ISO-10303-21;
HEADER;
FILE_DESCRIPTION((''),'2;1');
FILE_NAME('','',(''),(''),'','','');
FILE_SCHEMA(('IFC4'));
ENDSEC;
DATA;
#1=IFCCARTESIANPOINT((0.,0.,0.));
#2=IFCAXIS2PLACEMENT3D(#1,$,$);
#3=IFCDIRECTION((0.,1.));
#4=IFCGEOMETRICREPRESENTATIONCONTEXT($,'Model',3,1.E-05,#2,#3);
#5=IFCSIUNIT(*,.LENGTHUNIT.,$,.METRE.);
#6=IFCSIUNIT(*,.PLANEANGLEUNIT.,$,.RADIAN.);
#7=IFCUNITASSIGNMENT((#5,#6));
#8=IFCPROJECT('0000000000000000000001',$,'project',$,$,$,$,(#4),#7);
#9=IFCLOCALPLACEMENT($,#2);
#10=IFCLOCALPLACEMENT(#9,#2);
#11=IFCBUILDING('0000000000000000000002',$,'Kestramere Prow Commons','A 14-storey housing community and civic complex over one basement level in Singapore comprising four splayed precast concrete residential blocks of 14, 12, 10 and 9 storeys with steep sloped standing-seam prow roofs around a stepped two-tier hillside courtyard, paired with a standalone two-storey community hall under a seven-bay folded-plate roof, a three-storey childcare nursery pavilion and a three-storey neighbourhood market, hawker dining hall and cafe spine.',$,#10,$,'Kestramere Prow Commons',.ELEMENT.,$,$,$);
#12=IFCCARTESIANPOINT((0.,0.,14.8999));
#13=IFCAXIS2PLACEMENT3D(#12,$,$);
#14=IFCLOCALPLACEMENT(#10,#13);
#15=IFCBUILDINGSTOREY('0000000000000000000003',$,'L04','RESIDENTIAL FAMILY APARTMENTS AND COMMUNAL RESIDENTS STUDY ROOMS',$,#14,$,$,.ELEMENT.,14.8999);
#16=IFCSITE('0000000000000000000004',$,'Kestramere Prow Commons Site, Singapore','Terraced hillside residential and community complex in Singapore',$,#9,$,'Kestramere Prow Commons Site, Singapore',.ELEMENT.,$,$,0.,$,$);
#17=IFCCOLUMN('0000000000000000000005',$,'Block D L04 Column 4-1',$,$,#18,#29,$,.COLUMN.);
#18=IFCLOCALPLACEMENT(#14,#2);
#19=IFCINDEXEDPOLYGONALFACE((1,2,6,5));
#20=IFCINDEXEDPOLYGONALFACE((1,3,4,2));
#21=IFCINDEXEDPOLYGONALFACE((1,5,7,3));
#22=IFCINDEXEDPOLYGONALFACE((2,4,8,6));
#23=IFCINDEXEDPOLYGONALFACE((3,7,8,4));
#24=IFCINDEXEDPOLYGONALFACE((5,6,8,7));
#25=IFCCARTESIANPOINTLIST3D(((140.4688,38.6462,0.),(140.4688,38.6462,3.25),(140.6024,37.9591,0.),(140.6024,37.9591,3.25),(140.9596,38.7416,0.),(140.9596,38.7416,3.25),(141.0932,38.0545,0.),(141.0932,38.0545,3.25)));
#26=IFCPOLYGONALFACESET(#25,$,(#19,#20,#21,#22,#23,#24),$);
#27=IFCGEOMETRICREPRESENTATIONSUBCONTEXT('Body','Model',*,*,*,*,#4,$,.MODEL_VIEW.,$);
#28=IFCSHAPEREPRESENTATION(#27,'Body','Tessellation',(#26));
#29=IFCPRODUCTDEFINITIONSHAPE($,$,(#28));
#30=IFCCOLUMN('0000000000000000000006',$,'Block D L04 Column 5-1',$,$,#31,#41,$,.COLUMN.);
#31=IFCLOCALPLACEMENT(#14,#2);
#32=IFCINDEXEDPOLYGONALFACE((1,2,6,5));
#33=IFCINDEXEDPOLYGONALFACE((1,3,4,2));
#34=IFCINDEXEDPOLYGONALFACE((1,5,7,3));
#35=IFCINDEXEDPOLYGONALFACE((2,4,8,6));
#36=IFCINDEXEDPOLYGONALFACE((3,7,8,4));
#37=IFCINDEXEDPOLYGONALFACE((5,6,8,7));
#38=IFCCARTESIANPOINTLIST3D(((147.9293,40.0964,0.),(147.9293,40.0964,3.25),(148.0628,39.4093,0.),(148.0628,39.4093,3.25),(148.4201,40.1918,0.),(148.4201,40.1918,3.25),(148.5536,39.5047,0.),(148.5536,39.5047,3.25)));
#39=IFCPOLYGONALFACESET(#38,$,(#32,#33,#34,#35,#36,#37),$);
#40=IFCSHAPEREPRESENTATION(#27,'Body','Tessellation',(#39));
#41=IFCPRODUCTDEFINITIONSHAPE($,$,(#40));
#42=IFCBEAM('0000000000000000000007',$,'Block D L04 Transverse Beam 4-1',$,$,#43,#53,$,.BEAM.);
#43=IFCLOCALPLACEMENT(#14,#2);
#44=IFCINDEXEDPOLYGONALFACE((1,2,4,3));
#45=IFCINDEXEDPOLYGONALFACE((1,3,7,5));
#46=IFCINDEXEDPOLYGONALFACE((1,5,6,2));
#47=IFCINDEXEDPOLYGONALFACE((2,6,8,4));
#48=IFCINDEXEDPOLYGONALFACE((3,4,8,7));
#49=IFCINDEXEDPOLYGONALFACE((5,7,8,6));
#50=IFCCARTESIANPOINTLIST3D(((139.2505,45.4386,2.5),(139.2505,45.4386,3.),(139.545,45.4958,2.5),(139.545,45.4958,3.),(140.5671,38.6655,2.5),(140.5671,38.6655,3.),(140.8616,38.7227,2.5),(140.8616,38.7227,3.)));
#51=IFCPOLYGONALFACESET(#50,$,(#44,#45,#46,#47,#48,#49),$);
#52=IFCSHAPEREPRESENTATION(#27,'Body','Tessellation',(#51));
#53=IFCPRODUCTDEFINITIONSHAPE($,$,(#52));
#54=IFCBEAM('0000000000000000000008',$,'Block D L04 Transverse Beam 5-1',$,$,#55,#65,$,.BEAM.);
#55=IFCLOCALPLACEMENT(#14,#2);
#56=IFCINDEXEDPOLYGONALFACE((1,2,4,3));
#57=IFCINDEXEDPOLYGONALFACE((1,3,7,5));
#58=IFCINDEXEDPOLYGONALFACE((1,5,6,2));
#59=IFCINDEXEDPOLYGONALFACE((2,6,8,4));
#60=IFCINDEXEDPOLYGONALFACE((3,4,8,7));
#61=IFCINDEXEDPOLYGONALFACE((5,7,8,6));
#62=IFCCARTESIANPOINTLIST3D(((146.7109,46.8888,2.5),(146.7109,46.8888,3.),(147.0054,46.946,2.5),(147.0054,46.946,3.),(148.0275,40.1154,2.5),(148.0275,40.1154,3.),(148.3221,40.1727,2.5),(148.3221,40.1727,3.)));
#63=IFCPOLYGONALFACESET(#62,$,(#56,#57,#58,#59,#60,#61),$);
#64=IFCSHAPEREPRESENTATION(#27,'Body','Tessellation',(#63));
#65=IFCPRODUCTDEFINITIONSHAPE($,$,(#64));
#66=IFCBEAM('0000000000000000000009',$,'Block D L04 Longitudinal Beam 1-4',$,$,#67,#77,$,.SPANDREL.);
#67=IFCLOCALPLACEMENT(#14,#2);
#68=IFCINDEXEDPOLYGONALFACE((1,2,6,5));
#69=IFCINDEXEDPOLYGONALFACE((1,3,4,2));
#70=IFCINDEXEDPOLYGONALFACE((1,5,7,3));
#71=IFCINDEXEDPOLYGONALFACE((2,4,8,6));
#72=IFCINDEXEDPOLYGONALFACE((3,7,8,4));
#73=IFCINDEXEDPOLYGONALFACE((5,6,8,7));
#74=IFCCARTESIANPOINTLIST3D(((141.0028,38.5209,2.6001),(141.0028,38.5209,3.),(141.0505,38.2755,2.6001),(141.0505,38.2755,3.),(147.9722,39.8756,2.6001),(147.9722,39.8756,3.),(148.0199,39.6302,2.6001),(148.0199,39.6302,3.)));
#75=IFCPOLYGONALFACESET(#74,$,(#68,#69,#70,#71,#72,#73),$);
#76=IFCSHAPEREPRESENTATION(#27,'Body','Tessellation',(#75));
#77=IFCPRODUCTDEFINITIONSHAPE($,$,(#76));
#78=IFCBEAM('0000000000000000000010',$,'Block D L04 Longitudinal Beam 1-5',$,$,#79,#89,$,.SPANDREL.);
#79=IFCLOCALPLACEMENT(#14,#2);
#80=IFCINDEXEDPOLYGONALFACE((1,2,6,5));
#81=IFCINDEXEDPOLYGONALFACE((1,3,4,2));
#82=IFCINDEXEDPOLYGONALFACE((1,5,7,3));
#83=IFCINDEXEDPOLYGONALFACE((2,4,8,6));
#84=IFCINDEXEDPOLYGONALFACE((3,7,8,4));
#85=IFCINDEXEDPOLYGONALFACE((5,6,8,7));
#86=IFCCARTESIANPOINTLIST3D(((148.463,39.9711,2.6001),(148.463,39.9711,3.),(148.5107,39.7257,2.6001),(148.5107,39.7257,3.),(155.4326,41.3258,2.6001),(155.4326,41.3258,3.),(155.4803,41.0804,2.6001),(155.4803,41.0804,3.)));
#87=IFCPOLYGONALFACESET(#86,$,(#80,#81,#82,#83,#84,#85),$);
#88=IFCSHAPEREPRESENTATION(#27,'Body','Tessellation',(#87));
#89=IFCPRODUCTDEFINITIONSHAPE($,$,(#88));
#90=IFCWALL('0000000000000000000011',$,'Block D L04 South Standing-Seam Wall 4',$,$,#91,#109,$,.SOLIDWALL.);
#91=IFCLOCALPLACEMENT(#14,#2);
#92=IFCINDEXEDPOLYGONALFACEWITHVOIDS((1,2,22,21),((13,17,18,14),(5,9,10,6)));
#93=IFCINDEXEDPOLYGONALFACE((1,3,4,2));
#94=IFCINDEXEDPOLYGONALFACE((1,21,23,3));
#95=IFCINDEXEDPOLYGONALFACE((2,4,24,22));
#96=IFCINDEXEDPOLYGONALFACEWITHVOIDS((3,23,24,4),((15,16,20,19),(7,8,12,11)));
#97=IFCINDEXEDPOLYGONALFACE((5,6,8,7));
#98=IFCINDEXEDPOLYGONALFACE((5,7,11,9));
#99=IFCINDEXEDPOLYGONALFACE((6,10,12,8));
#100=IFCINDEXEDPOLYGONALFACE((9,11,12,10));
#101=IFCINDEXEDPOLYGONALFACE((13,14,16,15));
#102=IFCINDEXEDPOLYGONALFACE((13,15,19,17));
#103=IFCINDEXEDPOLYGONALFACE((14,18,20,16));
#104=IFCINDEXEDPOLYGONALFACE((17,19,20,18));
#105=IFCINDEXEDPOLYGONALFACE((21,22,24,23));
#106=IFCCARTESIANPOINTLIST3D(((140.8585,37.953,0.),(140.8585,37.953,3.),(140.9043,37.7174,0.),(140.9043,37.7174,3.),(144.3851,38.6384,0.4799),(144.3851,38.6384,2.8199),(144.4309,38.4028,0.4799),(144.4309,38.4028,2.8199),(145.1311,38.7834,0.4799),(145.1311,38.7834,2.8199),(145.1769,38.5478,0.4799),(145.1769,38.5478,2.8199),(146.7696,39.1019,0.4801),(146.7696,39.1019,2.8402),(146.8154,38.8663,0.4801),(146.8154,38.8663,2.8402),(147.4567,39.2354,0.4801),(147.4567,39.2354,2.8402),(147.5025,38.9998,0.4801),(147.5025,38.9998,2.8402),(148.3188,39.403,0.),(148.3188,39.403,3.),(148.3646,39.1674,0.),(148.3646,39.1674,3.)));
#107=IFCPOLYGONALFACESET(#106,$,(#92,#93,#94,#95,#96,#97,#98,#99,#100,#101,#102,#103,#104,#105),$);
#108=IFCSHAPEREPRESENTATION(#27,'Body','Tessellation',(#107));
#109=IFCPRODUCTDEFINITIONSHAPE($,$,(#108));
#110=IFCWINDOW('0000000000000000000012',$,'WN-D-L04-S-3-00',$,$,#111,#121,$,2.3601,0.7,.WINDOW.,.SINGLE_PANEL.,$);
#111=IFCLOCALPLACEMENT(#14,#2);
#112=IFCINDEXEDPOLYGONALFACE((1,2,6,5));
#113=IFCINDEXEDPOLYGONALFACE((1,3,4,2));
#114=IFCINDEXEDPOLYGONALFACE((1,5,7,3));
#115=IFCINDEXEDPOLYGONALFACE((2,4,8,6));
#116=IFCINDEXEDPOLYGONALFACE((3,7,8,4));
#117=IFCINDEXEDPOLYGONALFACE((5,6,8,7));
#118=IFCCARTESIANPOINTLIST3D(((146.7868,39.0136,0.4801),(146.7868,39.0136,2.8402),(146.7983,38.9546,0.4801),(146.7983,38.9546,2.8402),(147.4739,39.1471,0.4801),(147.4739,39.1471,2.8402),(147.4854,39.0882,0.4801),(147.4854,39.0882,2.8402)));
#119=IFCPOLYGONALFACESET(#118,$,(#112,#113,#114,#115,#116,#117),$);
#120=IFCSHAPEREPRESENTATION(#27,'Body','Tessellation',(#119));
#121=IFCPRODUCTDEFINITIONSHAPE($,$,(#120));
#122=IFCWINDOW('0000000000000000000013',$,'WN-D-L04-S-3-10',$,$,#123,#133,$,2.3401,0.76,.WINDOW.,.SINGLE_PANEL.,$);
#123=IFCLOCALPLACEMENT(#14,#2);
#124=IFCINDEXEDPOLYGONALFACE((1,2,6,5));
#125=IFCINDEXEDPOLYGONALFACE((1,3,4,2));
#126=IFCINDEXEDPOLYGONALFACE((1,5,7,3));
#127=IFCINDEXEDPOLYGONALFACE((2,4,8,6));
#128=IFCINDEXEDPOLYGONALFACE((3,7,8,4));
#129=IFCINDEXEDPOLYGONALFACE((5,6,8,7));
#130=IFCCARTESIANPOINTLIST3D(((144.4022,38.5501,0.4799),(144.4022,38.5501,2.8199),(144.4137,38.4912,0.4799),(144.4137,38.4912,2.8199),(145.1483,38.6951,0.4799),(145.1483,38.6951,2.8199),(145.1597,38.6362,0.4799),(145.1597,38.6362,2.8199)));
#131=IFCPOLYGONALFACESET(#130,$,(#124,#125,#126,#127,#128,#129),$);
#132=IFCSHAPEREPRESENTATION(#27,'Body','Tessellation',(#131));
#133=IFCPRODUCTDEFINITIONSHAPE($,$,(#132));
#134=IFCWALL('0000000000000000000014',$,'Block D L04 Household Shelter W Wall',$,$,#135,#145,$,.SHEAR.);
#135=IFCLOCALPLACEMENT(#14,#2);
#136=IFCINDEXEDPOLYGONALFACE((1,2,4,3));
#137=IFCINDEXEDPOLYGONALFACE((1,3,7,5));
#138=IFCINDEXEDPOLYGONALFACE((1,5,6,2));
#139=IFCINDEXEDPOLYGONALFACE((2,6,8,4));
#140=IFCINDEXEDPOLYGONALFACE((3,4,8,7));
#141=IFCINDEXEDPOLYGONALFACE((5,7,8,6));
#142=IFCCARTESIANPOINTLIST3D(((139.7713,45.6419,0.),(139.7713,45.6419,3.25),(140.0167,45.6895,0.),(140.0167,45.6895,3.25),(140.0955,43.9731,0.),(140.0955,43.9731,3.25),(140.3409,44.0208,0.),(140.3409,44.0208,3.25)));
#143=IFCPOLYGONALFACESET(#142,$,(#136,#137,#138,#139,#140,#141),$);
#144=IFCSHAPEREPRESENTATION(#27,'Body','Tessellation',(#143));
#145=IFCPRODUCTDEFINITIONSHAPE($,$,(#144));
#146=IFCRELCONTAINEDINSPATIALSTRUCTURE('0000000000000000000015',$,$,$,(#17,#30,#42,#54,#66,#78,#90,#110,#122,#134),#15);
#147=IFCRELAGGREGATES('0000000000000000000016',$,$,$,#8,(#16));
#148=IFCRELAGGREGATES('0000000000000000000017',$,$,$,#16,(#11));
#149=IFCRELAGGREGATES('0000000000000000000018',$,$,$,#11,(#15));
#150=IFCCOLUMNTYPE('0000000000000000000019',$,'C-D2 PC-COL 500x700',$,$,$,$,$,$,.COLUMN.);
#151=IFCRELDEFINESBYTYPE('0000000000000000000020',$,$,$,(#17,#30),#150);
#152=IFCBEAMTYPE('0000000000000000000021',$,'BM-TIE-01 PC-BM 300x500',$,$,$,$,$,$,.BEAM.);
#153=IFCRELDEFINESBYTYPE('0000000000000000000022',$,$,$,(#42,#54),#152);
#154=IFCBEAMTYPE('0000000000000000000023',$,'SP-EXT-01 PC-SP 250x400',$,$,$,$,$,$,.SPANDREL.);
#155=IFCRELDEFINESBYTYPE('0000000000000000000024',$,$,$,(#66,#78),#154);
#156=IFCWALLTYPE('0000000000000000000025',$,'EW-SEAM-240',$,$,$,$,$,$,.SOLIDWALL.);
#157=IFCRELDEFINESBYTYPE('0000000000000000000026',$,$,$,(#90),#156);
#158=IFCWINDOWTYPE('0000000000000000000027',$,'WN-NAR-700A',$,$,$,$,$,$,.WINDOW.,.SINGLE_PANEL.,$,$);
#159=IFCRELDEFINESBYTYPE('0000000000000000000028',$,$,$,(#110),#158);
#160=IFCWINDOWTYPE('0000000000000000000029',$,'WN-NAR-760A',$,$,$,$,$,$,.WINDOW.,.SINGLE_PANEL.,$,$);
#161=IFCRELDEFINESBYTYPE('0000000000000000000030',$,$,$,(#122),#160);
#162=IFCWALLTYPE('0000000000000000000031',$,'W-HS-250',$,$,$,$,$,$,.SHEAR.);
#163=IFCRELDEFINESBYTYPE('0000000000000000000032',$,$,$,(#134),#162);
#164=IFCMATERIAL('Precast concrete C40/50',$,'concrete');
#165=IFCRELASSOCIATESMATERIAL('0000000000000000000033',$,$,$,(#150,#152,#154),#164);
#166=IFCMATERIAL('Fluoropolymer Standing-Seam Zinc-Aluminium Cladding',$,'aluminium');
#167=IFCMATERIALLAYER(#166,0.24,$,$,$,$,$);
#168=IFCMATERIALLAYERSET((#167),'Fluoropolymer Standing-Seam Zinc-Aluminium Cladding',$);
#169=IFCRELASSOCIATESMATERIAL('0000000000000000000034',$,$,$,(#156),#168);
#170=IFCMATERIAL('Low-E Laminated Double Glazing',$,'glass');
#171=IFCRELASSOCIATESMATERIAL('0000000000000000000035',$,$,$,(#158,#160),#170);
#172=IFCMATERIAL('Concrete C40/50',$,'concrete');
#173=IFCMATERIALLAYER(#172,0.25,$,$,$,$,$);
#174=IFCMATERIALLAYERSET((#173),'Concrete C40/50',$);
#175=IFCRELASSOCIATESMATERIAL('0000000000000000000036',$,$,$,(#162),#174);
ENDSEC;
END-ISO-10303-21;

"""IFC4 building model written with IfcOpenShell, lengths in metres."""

from ifc_helpers import new_model, si_unit, direction, frame, frame_2d, origin, origin_2d, place, context, subcontext, project, spatial, rectangle, extrude, material, layer, layer_set, material_profile, profile_set, type_object, element, fill, save


model = new_model("IFC4")

# Units and contexts
model_context = context("Model", 3, precision=1e-05, world=origin(), true_north=direction((0.0, 1.0)))
body_context = subcontext(model_context, "Body", "Model", "MODEL_VIEW")
ifc_project = project(units=[si_unit("LENGTHUNIT", "METRE"), si_unit("PLANEANGLEUNIT", "RADIAN")], contexts=[model_context])

# Site, building, storey
site_placement = place(None, origin())
site = spatial("IfcSite", under=ifc_project, at=site_placement, Name="Kestramere Prow Commons Site, Singapore", Description="Terraced hillside residential and community complex in Singapore", LongName="Kestramere Prow Commons Site, Singapore", CompositionType="ELEMENT", RefElevation=0.0)
building_placement = place(site_placement, origin())
building = spatial("IfcBuilding", under=site, at=building_placement, Name="Kestramere Prow Commons", Description="A 14-storey housing community and civic complex over one basement level in Singapore comprising four splayed precast concrete residential blocks of 14, 12, 10 and 9 storeys with steep sloped standing-seam prow roofs around a stepped two-tier hillside courtyard, paired with a standalone two-storey community hall under a seven-bay folded-plate roof, a three-storey childcare nursery pavilion and a three-storey neighbourhood market, hawker dining hall and cafe spine.", LongName="Kestramere Prow Commons", CompositionType="ELEMENT")
storey_placement = place(building_placement, frame((0.0, 0.0, 14.8999)))
storey = spatial("IfcBuildingStorey", under=building, at=storey_placement, Name="L04", Description="RESIDENTIAL FAMILY APARTMENTS AND COMMUNAL RESIDENTS STUDY ROOMS", CompositionType="ELEMENT", Elevation=14.8999)

# Columns
ifc_material_1 = material(Name="Precast concrete C40/50", Category="concrete")
ifc_material_profile_1 = material_profile(ifc_material_1, rectangle(XDim=0.5, YDim=0.7, at=origin_2d()), Name="PC-COL 500x700")
ifc_profile_set_1 = profile_set([ifc_material_profile_1], Name="Precast concrete C40/50")
column_type = type_object("IfcColumnType", Name="C-D2 PC-COL 500x700", PredefinedType="COLUMN", material=ifc_profile_set_1)
for number, where, z_axis, x_axis, name in (
    (1, (140.781, 38.3503, 0.0), (0.0, 0.0, 1.0), (0.981627, 0.190809, 0.0), "Block D L04 Column 4-1"),
    (2, (148.2415, 39.8005, 0.0), (0.0, 0.0, 1.0), (0.981627, 0.190809, 0.0), "Block D L04 Column 5-1"),
):
    element("IfcColumn", number, at=place(storey_placement, frame(where, z_axis=z_axis, x_axis=x_axis)), inside=storey, type_object=column_type, Name=name, PredefinedType="COLUMN", context=body_context, shape_type="SweptSolid", body=[
        extrude(rectangle(XDim=0.5, YDim=0.7, at=origin_2d()), origin(), (0.0, 0.0, 1.0), 3.25),
    ])

# Beams
ifc_material_profile_2 = material_profile(ifc_material_1, rectangle(XDim=0.3, YDim=0.5, at=origin_2d()), Name="PC-BM 300x500")
ifc_profile_set_2 = profile_set([ifc_material_profile_2], Name="Precast concrete C40/50")
beam_type_1 = type_object("IfcBeamType", Name="BM-TIE-01 PC-BM 300x500", PredefinedType="BEAM", material=ifc_profile_set_2)
beam_1_placement = place(storey_placement, frame((140.7144, 38.6941, 2.75), z_axis=(-0.190819, 0.981625, 0.0), x_axis=(-0.981625, -0.190819, 0.0)))
element("IfcBeam", 3, at=beam_1_placement, inside=storey, type_object=beam_type_1, Name="Block D L04 Transverse Beam 4-1", PredefinedType="BEAM", context=body_context, shape_type="SweptSolid", body=[
    extrude(rectangle(XDim=0.3, YDim=0.5, at=origin_2d()), origin(), (0.0, 0.0, 1.0), 6.8999),
])
beam_2_placement = place(storey_placement, frame((148.1748, 40.144, 2.75), z_axis=(-0.190813, 0.981626, 0.0), x_axis=(-0.981626, -0.190813, 0.0)))
element("IfcBeam", 4, at=beam_2_placement, inside=storey, type_object=beam_type_1, Name="Block D L04 Transverse Beam 5-1", PredefinedType="BEAM", context=body_context, shape_type="SweptSolid", body=[
    extrude(rectangle(XDim=0.3, YDim=0.5, at=origin_2d()), origin(), (0.0, 0.0, 1.0), 6.9001),
])
ifc_material_profile_3 = material_profile(ifc_material_1, rectangle(XDim=0.25, YDim=0.3999, at=origin_2d()), Name="PC-SP 250x400")
ifc_profile_set_3 = profile_set([ifc_material_profile_3], Name="Precast concrete C40/50")
beam_type_2 = type_object("IfcBeamType", Name="SP-EXT-01 PC-SP 250x400", PredefinedType="SPANDREL", material=ifc_profile_set_3)
beam_3_placement = place(storey_placement, frame((141.0266, 38.3982, 2.8), z_axis=(0.981627, 0.19081, 0.0), x_axis=(-0.19081, 0.981627, 0.0)))
element("IfcBeam", 5, at=beam_3_placement, inside=storey, type_object=beam_type_2, Name="Block D L04 Longitudinal Beam 1-4", PredefinedType="SPANDREL", context=body_context, shape_type="SweptSolid", body=[
    extrude(rectangle(XDim=0.25, YDim=0.3999, at=origin_2d()), origin(), (0.0, 0.0, 1.0), 7.0999),
])
beam_4_placement = place(storey_placement, frame((148.4868, 39.8484, 2.8), z_axis=(0.981628, 0.190803, 0.0), x_axis=(-0.190803, 0.981628, 0.0)))
element("IfcBeam", 6, at=beam_4_placement, inside=storey, type_object=beam_type_2, Name="Block D L04 Longitudinal Beam 1-5", PredefinedType="SPANDREL", context=body_context, shape_type="SweptSolid", body=[
    extrude(rectangle(XDim=0.25, YDim=0.3999, at=origin_2d()), origin(), (0.0, 0.0, 1.0), 7.1001),
])

# Shared definitions
ifc_material_2 = material(Name="Fluoropolymer Standing-Seam Zinc-Aluminium Cladding", Category="aluminium")
ifc_layer_1 = layer(ifc_material_2, 0.24)
ifc_layer_set_1 = layer_set([ifc_layer_1], Name="Fluoropolymer Standing-Seam Zinc-Aluminium Cladding")
wall_type_1 = type_object("IfcWallType", Name="EW-SEAM-240", PredefinedType="SOLIDWALL", material=ifc_layer_set_1)
ifc_material_3 = material(Name="Low-E Laminated Double Glazing", Category="glass")

# Wall, openings, windows
wall_1_placement = place(storey_placement, frame((148.3416, 39.2852, 0.0), z_axis=(0.0, 0.0, 1.0), x_axis=(-0.981631, -0.190788, 0.0)))
wall_1 = element("IfcWall", 7, at=wall_1_placement, inside=storey, type_object=wall_type_1, Name="Block D L04 South Standing-Seam Wall 4", PredefinedType="SOLIDWALL", context=body_context, shape_type="SweptSolid", body=[
    extrude(rectangle(XDim=7.5999, YDim=0.24, at=frame_2d((3.7998, 0.0))), origin(), (0.0, 0.0, 1.0), 3.0),
])
opening_1_placement = place(wall_1_placement, frame((0.8779, 0.0, 0.48)))
opening_1 = element("IfcOpeningElement", 8, at=opening_1_placement, cuts=wall_1, PredefinedType="OPENING", context=body_context, shape_type="SweptSolid", body=[
    extrude(rectangle(XDim=0.7, YDim=2.3601, at=frame_2d((0.3501, 1.1802))), frame((0.0, 0.135, 0.0), z_axis=(0.0, -1.0, 0.0), x_axis=(1.0, 0.0, 0.0)), (0.0, 0.0, 1.0), 0.27),
])
opening_2_placement = place(wall_1_placement, frame((3.2473, 0.0, 0.48)))
opening_2 = element("IfcOpeningElement", 9, at=opening_2_placement, cuts=wall_1, PredefinedType="OPENING", context=body_context, shape_type="SweptSolid", body=[
    extrude(rectangle(XDim=0.76, YDim=2.3401, at=frame_2d((0.3799, 1.1699))), frame((0.0, 0.135, 0.0), z_axis=(0.0, -1.0, 0.0), x_axis=(1.0, 0.0, 0.0)), (0.0, 0.0, 1.0), 0.27),
])
window_type_1 = type_object("IfcWindowType", Name="WN-NAR-700A", PartitioningType="SINGLE_PANEL", PredefinedType="WINDOW", material=ifc_material_3)
window_1_placement = place(opening_1_placement, origin())
window_1 = element("IfcWindow", 10, at=window_1_placement, inside=storey, type_object=window_type_1, Name="WN-D-L04-S-3-00", OverallHeight=2.3601, OverallWidth=0.7, PartitioningType="SINGLE_PANEL", PredefinedType="WINDOW", context=body_context, shape_type="SweptSolid", body=[
    extrude(rectangle(XDim=0.7, YDim=2.3601, at=frame_2d((0.3501, 1.1802))), frame((0.0, 0.03, 0.0), z_axis=(0.0, -1.0, 0.0), x_axis=(1.0, 0.0, 0.0)), (0.0, 0.0, 1.0), 0.0601),
])
fill(opening_1, window_1)
window_type_2 = type_object("IfcWindowType", Name="WN-NAR-760A", PartitioningType="SINGLE_PANEL", PredefinedType="WINDOW", material=ifc_material_3)
window_2_placement = place(opening_2_placement, origin())
window_2 = element("IfcWindow", 11, at=window_2_placement, inside=storey, type_object=window_type_2, Name="WN-D-L04-S-3-10", OverallHeight=2.3401, OverallWidth=0.76, PartitioningType="SINGLE_PANEL", PredefinedType="WINDOW", context=body_context, shape_type="SweptSolid", body=[
    extrude(rectangle(XDim=0.76, YDim=2.3401, at=frame_2d((0.3799, 1.1699))), frame((0.0, 0.03, 0.0), z_axis=(0.0, -1.0, 0.0), x_axis=(1.0, 0.0, 0.0)), (0.0, 0.0, 1.0), 0.0601),
])
fill(opening_2, window_2)

# Wall
ifc_material_4 = material(Name="Concrete C40/50", Category="concrete")
ifc_layer_2 = layer(ifc_material_4, 0.25)
ifc_layer_set_2 = layer_set([ifc_layer_2], Name="Concrete C40/50")
wall_type_2 = type_object("IfcWallType", Name="W-HS-250", PredefinedType="SHEAR", material=ifc_layer_set_2)
wall_2_placement = place(storey_placement, frame((140.2183, 43.9968, 0.0), z_axis=(0.0, 0.0, 1.0), x_axis=(-0.190727, 0.981643, 0.0)))
element("IfcWall", 12, at=wall_2_placement, inside=storey, type_object=wall_type_2, Name="Block D L04 Household Shelter W Wall", PredefinedType="SHEAR", context=body_context, shape_type="SweptSolid", body=[
    extrude(rectangle(XDim=1.7, YDim=0.25, at=frame_2d((0.8501, 0.0))), origin(), (0.0, 0.0, 1.0), 3.25),
])

save(model, "model.ifc")
